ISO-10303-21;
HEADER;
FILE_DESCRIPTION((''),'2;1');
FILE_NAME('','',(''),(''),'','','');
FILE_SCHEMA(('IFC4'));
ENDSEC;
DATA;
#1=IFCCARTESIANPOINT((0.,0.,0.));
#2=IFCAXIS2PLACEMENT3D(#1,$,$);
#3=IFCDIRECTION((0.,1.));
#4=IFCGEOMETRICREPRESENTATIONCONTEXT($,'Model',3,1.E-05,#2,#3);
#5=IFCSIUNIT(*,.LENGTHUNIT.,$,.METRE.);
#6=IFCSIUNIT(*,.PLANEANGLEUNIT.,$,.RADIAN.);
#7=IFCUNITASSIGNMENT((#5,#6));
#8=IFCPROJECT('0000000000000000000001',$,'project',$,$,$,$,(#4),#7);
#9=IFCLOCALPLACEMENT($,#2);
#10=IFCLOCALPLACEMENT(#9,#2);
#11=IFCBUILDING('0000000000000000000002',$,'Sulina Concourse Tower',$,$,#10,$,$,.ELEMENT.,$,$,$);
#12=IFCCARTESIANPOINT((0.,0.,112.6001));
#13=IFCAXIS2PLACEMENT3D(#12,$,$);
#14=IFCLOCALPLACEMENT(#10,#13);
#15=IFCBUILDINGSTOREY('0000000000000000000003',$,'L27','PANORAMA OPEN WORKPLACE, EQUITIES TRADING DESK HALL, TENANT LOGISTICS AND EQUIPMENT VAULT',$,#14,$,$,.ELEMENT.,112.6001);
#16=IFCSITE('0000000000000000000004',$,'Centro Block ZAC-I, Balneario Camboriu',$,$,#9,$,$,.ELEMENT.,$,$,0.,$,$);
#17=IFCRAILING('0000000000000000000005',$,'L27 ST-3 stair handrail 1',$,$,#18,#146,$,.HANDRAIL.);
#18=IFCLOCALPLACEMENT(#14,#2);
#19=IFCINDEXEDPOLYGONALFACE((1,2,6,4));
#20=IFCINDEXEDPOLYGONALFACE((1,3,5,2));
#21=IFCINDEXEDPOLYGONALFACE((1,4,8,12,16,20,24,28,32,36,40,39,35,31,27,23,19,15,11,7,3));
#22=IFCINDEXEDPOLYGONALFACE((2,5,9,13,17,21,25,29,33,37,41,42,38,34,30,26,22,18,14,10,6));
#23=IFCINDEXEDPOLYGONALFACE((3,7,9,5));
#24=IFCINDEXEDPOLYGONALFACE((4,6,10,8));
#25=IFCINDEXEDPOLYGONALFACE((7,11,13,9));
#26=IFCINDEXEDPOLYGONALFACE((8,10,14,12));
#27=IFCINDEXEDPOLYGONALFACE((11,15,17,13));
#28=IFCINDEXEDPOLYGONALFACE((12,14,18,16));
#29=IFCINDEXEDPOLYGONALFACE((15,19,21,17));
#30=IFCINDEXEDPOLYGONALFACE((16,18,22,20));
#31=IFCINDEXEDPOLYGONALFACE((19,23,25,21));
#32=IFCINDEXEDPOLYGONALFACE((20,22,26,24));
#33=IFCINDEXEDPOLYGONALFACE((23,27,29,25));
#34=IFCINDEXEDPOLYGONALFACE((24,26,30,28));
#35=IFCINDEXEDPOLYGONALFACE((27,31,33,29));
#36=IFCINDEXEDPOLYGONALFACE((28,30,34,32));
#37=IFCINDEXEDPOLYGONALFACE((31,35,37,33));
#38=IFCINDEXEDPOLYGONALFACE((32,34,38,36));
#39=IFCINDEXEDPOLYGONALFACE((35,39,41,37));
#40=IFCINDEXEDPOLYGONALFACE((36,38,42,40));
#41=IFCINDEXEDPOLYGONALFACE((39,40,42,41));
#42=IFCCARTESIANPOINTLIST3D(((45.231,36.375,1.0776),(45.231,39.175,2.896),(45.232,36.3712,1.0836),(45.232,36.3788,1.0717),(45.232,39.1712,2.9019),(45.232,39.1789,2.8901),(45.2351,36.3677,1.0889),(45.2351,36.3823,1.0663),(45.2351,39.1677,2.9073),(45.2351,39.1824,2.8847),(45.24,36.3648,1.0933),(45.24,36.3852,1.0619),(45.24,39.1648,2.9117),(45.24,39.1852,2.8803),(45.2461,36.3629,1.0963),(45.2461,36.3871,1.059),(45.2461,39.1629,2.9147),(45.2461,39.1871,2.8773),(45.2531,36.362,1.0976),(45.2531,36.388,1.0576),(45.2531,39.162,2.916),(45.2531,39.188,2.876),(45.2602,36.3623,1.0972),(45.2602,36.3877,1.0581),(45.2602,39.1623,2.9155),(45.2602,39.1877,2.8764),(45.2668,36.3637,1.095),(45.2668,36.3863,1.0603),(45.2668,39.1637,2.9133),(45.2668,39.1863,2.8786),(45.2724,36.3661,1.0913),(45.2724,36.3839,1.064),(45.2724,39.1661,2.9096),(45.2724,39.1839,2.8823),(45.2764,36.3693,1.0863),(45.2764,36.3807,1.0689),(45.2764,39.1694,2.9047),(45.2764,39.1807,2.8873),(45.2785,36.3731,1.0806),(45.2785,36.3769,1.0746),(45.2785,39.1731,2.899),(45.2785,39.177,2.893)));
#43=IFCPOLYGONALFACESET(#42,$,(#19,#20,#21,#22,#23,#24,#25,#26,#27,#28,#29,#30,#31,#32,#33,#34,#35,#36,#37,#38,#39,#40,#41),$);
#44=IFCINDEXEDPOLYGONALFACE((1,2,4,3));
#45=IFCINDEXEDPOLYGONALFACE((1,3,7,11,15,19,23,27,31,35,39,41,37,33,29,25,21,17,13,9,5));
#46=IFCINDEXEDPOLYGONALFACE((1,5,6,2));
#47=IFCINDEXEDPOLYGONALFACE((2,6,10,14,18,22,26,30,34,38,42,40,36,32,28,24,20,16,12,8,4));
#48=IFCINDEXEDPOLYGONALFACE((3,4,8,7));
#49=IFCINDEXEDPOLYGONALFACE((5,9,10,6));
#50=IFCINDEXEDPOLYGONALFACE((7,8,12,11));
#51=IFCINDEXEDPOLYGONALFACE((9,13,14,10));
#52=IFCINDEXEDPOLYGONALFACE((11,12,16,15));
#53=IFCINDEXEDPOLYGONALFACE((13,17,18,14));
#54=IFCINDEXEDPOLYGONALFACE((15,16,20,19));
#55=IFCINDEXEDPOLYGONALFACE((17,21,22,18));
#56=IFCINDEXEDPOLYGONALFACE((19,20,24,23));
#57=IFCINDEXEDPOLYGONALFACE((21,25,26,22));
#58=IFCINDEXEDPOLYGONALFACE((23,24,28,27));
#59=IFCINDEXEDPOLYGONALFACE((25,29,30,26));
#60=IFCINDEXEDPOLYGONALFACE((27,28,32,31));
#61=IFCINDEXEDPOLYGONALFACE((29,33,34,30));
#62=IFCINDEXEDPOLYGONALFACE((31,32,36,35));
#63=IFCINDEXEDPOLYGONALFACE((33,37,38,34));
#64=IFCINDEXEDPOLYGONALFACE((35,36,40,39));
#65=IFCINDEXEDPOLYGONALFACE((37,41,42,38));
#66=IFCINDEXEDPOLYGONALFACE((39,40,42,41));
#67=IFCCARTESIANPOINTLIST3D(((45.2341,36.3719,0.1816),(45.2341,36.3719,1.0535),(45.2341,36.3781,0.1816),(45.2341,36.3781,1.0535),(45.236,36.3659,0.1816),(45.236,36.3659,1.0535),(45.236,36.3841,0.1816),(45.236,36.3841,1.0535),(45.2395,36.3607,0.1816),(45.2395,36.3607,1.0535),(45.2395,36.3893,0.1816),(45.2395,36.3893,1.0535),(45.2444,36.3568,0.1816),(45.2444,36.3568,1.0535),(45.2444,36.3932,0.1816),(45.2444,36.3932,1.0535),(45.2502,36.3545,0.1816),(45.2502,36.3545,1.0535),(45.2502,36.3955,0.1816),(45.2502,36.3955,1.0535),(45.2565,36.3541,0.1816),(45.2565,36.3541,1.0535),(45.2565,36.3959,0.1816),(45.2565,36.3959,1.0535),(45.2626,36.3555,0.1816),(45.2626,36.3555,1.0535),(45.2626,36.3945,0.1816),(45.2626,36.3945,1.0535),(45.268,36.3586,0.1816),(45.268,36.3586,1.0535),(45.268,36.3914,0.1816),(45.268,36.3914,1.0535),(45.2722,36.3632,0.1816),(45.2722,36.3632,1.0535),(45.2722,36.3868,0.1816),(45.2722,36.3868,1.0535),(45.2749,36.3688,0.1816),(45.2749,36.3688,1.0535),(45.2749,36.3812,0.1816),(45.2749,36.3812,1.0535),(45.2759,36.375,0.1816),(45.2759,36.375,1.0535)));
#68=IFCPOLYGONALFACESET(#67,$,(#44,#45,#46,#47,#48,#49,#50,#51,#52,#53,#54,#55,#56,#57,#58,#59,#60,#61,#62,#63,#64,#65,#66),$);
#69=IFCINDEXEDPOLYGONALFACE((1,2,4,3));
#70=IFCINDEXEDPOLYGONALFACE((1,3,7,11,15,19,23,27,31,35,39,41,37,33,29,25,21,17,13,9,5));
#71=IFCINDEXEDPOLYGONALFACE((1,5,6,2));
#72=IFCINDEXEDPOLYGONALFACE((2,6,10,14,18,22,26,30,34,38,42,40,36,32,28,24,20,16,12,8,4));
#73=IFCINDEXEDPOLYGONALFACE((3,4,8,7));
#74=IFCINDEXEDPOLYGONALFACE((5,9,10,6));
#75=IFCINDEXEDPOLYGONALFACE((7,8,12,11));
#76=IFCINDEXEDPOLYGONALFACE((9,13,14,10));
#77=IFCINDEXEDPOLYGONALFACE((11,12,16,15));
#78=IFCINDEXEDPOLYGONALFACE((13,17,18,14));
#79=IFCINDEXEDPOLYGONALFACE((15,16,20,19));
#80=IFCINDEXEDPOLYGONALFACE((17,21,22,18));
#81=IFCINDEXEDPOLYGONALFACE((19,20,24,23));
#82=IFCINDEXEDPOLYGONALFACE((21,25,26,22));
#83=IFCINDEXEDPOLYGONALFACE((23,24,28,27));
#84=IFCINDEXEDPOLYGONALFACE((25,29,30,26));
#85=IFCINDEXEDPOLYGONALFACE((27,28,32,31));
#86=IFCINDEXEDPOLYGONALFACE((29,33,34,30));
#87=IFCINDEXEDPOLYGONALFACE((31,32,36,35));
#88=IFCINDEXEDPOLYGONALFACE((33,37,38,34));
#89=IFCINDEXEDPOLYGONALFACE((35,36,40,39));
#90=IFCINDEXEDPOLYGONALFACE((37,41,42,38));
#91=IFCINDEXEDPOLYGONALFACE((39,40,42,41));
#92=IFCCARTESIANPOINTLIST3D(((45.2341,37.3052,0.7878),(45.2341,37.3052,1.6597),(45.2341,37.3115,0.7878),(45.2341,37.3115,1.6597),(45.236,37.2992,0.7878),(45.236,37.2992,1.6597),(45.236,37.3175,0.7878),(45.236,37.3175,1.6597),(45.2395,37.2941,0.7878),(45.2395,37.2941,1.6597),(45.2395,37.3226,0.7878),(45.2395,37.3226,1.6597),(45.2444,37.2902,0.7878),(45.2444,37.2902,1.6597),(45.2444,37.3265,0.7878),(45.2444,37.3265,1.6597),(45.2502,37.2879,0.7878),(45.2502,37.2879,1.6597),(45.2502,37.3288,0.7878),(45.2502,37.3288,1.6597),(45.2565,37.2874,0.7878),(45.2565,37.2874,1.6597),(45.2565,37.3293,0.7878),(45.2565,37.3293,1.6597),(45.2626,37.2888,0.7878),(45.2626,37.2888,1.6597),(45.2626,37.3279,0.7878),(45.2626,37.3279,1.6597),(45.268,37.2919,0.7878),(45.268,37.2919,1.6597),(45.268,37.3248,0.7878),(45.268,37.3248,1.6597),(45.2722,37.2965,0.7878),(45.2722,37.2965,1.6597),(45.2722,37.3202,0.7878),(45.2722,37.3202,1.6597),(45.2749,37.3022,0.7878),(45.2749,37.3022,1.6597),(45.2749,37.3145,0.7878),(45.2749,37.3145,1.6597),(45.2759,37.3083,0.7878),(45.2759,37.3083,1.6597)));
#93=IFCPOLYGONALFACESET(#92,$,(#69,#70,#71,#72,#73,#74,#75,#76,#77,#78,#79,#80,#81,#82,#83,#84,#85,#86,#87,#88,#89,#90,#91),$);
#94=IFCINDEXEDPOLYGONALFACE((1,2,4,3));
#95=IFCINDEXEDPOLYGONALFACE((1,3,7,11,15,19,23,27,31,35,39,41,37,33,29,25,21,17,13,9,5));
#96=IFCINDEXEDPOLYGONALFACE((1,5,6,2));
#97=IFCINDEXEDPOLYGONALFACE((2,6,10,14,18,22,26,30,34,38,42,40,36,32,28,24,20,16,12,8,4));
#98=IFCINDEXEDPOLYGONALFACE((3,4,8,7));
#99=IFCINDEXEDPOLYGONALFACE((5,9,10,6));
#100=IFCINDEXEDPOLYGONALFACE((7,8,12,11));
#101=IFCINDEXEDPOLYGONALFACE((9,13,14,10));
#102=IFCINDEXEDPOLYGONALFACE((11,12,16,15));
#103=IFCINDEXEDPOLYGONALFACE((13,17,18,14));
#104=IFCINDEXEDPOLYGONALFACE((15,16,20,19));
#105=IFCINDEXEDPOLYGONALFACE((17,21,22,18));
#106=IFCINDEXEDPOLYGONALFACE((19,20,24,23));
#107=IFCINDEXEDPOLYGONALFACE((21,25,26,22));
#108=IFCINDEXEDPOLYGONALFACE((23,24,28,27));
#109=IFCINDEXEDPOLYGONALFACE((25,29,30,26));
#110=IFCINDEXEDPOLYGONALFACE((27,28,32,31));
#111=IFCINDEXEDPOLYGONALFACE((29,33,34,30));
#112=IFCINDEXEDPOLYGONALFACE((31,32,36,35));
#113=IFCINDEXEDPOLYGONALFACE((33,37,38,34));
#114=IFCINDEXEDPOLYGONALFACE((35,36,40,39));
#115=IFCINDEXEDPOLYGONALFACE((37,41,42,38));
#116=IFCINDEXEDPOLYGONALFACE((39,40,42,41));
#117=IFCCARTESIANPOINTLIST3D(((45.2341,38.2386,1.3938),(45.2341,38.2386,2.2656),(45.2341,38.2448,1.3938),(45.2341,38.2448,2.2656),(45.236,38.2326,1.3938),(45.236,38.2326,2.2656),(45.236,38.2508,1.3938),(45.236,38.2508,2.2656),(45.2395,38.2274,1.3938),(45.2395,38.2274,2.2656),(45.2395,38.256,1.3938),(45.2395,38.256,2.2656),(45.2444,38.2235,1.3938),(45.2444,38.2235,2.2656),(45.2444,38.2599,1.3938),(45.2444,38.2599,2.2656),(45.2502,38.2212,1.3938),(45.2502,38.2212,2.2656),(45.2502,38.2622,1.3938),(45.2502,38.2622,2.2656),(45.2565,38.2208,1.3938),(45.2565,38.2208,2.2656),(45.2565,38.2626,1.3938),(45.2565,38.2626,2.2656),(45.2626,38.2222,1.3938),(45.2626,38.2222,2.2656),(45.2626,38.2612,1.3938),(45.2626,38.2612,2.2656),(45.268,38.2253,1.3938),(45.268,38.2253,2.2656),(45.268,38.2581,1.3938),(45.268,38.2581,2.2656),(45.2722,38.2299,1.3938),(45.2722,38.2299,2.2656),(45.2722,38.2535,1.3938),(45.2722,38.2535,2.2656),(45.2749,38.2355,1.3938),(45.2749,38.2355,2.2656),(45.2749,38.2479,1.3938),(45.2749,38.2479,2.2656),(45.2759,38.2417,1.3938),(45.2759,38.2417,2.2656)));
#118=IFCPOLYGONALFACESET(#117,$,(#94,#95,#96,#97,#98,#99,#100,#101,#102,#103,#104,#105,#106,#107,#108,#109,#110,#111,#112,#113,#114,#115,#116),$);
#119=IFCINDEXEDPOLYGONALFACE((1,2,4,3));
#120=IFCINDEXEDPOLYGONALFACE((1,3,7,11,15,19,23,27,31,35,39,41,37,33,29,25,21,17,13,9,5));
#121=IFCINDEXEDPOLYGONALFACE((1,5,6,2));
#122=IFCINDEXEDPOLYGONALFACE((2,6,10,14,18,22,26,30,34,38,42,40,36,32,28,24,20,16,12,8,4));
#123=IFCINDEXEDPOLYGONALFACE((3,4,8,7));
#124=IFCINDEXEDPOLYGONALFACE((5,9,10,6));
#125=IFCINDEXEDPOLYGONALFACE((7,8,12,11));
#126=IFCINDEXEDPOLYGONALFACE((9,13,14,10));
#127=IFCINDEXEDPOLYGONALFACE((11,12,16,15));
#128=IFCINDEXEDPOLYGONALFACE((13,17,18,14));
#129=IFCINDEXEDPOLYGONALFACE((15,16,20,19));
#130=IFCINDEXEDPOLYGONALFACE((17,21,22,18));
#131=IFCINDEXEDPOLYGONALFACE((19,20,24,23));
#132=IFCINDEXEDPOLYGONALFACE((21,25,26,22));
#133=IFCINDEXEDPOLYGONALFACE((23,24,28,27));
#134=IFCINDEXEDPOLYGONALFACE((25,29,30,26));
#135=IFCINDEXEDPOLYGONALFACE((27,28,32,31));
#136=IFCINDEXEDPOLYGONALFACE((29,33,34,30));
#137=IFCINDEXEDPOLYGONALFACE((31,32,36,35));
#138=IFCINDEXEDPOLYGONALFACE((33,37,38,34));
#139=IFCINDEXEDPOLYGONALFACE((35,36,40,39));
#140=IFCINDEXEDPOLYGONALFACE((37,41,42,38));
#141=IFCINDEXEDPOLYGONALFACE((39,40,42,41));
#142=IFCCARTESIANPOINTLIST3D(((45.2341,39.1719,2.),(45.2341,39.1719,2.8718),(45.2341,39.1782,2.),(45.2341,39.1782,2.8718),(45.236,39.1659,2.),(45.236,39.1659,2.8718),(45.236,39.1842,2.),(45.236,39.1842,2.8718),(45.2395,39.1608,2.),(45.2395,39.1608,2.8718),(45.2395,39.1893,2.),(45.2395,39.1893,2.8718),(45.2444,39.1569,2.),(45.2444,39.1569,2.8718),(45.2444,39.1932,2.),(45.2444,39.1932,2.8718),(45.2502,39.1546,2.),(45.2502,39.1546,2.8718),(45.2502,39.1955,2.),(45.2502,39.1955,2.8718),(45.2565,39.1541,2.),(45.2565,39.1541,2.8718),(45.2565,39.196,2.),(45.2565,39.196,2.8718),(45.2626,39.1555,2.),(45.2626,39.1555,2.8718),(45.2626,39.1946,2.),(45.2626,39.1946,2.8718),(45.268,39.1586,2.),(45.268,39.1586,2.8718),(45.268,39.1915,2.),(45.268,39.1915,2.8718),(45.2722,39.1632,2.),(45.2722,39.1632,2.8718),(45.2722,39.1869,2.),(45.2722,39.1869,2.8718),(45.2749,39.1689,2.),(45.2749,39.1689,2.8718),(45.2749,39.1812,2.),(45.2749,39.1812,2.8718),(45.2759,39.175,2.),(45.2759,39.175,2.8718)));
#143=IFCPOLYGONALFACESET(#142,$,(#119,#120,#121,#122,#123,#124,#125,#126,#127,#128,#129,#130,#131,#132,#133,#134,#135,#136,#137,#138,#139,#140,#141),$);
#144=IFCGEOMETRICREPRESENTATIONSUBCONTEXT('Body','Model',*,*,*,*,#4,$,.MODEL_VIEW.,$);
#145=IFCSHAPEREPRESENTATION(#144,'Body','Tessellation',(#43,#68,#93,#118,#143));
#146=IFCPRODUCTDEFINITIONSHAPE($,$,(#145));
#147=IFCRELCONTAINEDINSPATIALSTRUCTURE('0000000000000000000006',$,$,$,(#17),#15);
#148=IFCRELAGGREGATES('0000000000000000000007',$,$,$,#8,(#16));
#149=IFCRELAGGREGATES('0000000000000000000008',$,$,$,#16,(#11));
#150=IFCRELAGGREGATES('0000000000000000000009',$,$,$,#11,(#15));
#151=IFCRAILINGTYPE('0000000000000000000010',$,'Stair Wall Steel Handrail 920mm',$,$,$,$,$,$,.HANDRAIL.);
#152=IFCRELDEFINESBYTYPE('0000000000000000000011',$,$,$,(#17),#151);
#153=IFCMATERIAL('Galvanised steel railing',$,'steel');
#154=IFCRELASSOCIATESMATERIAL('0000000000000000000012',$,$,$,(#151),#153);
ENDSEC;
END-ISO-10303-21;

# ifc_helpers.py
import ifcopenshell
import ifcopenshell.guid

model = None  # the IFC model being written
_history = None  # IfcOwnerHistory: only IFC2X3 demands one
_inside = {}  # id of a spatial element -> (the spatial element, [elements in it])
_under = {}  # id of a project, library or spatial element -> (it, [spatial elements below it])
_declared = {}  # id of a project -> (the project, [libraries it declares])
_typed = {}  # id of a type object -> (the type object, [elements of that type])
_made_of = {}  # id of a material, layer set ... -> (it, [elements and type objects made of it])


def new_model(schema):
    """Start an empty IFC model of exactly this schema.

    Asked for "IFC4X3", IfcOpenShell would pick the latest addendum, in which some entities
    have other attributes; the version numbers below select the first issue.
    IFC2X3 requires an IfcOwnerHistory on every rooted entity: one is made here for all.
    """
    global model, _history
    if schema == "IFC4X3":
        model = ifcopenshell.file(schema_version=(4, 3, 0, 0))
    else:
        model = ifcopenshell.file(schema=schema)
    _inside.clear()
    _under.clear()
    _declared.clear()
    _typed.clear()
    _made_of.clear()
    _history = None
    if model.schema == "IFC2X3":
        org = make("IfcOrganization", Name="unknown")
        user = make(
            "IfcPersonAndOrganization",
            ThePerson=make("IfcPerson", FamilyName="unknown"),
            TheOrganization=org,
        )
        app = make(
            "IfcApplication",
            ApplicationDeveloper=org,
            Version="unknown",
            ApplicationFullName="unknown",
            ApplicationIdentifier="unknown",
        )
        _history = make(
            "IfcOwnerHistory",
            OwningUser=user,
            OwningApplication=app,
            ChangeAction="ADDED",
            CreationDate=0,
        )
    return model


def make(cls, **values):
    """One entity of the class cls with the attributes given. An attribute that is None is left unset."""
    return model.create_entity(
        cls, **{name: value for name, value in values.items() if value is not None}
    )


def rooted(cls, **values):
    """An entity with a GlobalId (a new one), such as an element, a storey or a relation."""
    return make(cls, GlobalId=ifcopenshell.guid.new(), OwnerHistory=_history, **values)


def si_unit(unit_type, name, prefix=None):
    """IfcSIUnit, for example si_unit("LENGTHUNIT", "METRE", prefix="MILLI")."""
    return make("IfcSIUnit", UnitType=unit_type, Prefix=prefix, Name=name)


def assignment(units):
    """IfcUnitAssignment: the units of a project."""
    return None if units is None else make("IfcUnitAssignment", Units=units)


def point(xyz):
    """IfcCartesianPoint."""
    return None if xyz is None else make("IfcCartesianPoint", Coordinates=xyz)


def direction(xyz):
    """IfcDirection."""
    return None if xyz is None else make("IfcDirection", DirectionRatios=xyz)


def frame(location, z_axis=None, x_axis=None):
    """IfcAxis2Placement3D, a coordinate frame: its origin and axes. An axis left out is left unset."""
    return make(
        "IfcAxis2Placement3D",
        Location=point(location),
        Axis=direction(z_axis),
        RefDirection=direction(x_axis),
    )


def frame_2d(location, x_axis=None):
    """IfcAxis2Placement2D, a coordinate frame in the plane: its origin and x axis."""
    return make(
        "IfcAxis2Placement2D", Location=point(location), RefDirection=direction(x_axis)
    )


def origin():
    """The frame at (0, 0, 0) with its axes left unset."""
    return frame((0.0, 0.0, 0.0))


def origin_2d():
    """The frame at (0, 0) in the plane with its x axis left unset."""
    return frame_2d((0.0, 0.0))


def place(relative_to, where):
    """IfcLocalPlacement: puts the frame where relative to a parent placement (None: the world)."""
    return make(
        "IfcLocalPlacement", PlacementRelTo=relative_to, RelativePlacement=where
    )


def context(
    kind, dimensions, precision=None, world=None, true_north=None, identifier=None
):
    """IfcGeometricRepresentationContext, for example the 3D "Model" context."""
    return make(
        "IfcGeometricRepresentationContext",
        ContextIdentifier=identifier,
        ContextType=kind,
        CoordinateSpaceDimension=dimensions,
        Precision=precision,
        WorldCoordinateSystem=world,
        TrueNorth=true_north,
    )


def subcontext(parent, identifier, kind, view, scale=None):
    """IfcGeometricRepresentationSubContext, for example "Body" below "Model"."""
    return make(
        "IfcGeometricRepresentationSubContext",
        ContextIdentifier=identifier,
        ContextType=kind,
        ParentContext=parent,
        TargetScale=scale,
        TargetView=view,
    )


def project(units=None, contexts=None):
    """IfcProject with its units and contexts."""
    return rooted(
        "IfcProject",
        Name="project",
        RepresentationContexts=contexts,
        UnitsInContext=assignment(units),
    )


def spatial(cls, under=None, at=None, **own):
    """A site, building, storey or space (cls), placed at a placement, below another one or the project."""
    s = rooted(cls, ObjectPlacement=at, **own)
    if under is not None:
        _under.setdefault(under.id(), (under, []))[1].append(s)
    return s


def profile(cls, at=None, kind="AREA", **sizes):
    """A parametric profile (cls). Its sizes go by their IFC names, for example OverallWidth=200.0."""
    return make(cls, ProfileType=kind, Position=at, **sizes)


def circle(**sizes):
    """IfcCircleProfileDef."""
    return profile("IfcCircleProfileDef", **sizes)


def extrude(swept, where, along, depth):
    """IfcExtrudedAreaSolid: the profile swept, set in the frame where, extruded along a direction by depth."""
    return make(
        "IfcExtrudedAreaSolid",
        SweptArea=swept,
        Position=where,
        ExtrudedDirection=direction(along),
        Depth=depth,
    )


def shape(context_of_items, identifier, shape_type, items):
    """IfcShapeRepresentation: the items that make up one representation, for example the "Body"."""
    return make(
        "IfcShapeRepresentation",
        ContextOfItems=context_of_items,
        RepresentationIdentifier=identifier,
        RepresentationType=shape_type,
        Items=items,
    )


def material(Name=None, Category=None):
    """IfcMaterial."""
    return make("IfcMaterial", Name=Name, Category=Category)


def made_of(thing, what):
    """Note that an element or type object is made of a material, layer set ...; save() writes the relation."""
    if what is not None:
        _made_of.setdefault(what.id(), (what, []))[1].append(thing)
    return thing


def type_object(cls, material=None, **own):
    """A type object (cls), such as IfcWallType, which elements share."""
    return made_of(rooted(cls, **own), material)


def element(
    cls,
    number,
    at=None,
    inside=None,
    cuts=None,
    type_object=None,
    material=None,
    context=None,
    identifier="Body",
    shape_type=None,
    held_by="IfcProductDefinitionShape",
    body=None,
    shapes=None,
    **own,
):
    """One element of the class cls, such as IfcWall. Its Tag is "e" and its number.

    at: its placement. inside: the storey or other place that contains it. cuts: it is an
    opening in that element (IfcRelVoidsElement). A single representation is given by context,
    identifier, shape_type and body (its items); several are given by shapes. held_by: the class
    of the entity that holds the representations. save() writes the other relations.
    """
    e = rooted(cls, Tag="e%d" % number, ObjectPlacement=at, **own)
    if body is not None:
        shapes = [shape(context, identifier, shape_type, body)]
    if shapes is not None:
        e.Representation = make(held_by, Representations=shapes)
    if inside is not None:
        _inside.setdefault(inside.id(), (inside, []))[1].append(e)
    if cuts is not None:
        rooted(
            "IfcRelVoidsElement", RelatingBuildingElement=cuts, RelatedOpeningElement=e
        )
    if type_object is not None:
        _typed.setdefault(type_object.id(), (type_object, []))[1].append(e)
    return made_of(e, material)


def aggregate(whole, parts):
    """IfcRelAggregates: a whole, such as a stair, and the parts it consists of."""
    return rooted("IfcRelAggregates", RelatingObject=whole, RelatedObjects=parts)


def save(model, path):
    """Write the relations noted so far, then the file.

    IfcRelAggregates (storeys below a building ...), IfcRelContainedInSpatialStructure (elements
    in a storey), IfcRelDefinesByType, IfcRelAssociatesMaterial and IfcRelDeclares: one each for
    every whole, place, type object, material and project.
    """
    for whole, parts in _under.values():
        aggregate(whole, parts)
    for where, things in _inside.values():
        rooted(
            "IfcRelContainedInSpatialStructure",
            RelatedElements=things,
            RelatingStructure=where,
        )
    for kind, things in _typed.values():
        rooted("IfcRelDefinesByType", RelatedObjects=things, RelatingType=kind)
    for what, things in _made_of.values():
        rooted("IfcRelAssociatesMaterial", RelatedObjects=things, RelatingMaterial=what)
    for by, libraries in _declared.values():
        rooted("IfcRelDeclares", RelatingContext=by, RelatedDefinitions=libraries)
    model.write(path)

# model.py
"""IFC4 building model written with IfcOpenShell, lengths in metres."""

from ifc_helpers import new_model, si_unit, direction, frame, origin, origin_2d, place, context, subcontext, project, spatial, circle, extrude, material, type_object, element, save


model = new_model("IFC4")

# Units and contexts
model_context = context("Model", 3, precision=1e-05, world=origin(), true_north=direction((0.0, 1.0)))
body_context = subcontext(model_context, "Body", "Model", "MODEL_VIEW")
ifc_project = project(units=[si_unit("LENGTHUNIT", "METRE"), si_unit("PLANEANGLEUNIT", "RADIAN")], contexts=[model_context])

# Site, building, storey
site_placement = place(None, origin())
site = spatial("IfcSite", under=ifc_project, at=site_placement, Name="Centro Block ZAC-I, Balneario Camboriu", CompositionType="ELEMENT", RefElevation=0.0)
building_placement = place(site_placement, origin())
building = spatial("IfcBuilding", under=site, at=building_placement, Name="Sulina Concourse Tower", CompositionType="ELEMENT")
storey_placement = place(building_placement, frame((0.0, 0.0, 112.6001)))
storey = spatial("IfcBuildingStorey", under=building, at=storey_placement, Name="L27", Description="PANORAMA OPEN WORKPLACE, EQUITIES TRADING DESK HALL, TENANT LOGISTICS AND EQUIPMENT VAULT", CompositionType="ELEMENT", Elevation=112.6001)

# Railing
ifc_material_1 = material(Name="Galvanised steel railing", Category="steel")
railing_type_1 = type_object("IfcRailingType", Name="Stair Wall Steel Handrail 920mm", PredefinedType="HANDRAIL", material=ifc_material_1)
railing_1_placement = place(storey_placement, frame((45.2549, 36.375, 0.1816)))
element("IfcRailing", 1, at=railing_1_placement, inside=storey, type_object=railing_type_1, Name="L27 ST-3 stair handrail 1", PredefinedType="HANDRAIL", context=body_context, shape_type="SweptSolid", body=[
    extrude(circle(Radius=0.0239, at=origin_2d()), frame((0.0, 0.0, 0.896), z_axis=(0.0, 0.838672, 0.544636), x_axis=(-1.0, 0.0, 0.0)), (0.0, 0.0, 1.0), 3.3386),
    extrude(circle(Radius=0.021, at=origin_2d()), origin(), (0.0, 0.0, 1.0), 0.8718),
    extrude(circle(Radius=0.021, at=origin_2d()), frame((0.0, 0.9333, 0.6062)), (0.0, 0.0, 1.0), 0.8718),
    extrude(circle(Radius=0.021, at=origin_2d()), frame((0.0, 1.8667, 1.2122)), (0.0, 0.0, 1.0), 0.8718),
    extrude(circle(Radius=0.021, at=origin_2d()), frame((0.0, 2.8, 1.8184)), (0.0, 0.0, 1.0), 0.8718),
])

save(model, "model.ifc")
